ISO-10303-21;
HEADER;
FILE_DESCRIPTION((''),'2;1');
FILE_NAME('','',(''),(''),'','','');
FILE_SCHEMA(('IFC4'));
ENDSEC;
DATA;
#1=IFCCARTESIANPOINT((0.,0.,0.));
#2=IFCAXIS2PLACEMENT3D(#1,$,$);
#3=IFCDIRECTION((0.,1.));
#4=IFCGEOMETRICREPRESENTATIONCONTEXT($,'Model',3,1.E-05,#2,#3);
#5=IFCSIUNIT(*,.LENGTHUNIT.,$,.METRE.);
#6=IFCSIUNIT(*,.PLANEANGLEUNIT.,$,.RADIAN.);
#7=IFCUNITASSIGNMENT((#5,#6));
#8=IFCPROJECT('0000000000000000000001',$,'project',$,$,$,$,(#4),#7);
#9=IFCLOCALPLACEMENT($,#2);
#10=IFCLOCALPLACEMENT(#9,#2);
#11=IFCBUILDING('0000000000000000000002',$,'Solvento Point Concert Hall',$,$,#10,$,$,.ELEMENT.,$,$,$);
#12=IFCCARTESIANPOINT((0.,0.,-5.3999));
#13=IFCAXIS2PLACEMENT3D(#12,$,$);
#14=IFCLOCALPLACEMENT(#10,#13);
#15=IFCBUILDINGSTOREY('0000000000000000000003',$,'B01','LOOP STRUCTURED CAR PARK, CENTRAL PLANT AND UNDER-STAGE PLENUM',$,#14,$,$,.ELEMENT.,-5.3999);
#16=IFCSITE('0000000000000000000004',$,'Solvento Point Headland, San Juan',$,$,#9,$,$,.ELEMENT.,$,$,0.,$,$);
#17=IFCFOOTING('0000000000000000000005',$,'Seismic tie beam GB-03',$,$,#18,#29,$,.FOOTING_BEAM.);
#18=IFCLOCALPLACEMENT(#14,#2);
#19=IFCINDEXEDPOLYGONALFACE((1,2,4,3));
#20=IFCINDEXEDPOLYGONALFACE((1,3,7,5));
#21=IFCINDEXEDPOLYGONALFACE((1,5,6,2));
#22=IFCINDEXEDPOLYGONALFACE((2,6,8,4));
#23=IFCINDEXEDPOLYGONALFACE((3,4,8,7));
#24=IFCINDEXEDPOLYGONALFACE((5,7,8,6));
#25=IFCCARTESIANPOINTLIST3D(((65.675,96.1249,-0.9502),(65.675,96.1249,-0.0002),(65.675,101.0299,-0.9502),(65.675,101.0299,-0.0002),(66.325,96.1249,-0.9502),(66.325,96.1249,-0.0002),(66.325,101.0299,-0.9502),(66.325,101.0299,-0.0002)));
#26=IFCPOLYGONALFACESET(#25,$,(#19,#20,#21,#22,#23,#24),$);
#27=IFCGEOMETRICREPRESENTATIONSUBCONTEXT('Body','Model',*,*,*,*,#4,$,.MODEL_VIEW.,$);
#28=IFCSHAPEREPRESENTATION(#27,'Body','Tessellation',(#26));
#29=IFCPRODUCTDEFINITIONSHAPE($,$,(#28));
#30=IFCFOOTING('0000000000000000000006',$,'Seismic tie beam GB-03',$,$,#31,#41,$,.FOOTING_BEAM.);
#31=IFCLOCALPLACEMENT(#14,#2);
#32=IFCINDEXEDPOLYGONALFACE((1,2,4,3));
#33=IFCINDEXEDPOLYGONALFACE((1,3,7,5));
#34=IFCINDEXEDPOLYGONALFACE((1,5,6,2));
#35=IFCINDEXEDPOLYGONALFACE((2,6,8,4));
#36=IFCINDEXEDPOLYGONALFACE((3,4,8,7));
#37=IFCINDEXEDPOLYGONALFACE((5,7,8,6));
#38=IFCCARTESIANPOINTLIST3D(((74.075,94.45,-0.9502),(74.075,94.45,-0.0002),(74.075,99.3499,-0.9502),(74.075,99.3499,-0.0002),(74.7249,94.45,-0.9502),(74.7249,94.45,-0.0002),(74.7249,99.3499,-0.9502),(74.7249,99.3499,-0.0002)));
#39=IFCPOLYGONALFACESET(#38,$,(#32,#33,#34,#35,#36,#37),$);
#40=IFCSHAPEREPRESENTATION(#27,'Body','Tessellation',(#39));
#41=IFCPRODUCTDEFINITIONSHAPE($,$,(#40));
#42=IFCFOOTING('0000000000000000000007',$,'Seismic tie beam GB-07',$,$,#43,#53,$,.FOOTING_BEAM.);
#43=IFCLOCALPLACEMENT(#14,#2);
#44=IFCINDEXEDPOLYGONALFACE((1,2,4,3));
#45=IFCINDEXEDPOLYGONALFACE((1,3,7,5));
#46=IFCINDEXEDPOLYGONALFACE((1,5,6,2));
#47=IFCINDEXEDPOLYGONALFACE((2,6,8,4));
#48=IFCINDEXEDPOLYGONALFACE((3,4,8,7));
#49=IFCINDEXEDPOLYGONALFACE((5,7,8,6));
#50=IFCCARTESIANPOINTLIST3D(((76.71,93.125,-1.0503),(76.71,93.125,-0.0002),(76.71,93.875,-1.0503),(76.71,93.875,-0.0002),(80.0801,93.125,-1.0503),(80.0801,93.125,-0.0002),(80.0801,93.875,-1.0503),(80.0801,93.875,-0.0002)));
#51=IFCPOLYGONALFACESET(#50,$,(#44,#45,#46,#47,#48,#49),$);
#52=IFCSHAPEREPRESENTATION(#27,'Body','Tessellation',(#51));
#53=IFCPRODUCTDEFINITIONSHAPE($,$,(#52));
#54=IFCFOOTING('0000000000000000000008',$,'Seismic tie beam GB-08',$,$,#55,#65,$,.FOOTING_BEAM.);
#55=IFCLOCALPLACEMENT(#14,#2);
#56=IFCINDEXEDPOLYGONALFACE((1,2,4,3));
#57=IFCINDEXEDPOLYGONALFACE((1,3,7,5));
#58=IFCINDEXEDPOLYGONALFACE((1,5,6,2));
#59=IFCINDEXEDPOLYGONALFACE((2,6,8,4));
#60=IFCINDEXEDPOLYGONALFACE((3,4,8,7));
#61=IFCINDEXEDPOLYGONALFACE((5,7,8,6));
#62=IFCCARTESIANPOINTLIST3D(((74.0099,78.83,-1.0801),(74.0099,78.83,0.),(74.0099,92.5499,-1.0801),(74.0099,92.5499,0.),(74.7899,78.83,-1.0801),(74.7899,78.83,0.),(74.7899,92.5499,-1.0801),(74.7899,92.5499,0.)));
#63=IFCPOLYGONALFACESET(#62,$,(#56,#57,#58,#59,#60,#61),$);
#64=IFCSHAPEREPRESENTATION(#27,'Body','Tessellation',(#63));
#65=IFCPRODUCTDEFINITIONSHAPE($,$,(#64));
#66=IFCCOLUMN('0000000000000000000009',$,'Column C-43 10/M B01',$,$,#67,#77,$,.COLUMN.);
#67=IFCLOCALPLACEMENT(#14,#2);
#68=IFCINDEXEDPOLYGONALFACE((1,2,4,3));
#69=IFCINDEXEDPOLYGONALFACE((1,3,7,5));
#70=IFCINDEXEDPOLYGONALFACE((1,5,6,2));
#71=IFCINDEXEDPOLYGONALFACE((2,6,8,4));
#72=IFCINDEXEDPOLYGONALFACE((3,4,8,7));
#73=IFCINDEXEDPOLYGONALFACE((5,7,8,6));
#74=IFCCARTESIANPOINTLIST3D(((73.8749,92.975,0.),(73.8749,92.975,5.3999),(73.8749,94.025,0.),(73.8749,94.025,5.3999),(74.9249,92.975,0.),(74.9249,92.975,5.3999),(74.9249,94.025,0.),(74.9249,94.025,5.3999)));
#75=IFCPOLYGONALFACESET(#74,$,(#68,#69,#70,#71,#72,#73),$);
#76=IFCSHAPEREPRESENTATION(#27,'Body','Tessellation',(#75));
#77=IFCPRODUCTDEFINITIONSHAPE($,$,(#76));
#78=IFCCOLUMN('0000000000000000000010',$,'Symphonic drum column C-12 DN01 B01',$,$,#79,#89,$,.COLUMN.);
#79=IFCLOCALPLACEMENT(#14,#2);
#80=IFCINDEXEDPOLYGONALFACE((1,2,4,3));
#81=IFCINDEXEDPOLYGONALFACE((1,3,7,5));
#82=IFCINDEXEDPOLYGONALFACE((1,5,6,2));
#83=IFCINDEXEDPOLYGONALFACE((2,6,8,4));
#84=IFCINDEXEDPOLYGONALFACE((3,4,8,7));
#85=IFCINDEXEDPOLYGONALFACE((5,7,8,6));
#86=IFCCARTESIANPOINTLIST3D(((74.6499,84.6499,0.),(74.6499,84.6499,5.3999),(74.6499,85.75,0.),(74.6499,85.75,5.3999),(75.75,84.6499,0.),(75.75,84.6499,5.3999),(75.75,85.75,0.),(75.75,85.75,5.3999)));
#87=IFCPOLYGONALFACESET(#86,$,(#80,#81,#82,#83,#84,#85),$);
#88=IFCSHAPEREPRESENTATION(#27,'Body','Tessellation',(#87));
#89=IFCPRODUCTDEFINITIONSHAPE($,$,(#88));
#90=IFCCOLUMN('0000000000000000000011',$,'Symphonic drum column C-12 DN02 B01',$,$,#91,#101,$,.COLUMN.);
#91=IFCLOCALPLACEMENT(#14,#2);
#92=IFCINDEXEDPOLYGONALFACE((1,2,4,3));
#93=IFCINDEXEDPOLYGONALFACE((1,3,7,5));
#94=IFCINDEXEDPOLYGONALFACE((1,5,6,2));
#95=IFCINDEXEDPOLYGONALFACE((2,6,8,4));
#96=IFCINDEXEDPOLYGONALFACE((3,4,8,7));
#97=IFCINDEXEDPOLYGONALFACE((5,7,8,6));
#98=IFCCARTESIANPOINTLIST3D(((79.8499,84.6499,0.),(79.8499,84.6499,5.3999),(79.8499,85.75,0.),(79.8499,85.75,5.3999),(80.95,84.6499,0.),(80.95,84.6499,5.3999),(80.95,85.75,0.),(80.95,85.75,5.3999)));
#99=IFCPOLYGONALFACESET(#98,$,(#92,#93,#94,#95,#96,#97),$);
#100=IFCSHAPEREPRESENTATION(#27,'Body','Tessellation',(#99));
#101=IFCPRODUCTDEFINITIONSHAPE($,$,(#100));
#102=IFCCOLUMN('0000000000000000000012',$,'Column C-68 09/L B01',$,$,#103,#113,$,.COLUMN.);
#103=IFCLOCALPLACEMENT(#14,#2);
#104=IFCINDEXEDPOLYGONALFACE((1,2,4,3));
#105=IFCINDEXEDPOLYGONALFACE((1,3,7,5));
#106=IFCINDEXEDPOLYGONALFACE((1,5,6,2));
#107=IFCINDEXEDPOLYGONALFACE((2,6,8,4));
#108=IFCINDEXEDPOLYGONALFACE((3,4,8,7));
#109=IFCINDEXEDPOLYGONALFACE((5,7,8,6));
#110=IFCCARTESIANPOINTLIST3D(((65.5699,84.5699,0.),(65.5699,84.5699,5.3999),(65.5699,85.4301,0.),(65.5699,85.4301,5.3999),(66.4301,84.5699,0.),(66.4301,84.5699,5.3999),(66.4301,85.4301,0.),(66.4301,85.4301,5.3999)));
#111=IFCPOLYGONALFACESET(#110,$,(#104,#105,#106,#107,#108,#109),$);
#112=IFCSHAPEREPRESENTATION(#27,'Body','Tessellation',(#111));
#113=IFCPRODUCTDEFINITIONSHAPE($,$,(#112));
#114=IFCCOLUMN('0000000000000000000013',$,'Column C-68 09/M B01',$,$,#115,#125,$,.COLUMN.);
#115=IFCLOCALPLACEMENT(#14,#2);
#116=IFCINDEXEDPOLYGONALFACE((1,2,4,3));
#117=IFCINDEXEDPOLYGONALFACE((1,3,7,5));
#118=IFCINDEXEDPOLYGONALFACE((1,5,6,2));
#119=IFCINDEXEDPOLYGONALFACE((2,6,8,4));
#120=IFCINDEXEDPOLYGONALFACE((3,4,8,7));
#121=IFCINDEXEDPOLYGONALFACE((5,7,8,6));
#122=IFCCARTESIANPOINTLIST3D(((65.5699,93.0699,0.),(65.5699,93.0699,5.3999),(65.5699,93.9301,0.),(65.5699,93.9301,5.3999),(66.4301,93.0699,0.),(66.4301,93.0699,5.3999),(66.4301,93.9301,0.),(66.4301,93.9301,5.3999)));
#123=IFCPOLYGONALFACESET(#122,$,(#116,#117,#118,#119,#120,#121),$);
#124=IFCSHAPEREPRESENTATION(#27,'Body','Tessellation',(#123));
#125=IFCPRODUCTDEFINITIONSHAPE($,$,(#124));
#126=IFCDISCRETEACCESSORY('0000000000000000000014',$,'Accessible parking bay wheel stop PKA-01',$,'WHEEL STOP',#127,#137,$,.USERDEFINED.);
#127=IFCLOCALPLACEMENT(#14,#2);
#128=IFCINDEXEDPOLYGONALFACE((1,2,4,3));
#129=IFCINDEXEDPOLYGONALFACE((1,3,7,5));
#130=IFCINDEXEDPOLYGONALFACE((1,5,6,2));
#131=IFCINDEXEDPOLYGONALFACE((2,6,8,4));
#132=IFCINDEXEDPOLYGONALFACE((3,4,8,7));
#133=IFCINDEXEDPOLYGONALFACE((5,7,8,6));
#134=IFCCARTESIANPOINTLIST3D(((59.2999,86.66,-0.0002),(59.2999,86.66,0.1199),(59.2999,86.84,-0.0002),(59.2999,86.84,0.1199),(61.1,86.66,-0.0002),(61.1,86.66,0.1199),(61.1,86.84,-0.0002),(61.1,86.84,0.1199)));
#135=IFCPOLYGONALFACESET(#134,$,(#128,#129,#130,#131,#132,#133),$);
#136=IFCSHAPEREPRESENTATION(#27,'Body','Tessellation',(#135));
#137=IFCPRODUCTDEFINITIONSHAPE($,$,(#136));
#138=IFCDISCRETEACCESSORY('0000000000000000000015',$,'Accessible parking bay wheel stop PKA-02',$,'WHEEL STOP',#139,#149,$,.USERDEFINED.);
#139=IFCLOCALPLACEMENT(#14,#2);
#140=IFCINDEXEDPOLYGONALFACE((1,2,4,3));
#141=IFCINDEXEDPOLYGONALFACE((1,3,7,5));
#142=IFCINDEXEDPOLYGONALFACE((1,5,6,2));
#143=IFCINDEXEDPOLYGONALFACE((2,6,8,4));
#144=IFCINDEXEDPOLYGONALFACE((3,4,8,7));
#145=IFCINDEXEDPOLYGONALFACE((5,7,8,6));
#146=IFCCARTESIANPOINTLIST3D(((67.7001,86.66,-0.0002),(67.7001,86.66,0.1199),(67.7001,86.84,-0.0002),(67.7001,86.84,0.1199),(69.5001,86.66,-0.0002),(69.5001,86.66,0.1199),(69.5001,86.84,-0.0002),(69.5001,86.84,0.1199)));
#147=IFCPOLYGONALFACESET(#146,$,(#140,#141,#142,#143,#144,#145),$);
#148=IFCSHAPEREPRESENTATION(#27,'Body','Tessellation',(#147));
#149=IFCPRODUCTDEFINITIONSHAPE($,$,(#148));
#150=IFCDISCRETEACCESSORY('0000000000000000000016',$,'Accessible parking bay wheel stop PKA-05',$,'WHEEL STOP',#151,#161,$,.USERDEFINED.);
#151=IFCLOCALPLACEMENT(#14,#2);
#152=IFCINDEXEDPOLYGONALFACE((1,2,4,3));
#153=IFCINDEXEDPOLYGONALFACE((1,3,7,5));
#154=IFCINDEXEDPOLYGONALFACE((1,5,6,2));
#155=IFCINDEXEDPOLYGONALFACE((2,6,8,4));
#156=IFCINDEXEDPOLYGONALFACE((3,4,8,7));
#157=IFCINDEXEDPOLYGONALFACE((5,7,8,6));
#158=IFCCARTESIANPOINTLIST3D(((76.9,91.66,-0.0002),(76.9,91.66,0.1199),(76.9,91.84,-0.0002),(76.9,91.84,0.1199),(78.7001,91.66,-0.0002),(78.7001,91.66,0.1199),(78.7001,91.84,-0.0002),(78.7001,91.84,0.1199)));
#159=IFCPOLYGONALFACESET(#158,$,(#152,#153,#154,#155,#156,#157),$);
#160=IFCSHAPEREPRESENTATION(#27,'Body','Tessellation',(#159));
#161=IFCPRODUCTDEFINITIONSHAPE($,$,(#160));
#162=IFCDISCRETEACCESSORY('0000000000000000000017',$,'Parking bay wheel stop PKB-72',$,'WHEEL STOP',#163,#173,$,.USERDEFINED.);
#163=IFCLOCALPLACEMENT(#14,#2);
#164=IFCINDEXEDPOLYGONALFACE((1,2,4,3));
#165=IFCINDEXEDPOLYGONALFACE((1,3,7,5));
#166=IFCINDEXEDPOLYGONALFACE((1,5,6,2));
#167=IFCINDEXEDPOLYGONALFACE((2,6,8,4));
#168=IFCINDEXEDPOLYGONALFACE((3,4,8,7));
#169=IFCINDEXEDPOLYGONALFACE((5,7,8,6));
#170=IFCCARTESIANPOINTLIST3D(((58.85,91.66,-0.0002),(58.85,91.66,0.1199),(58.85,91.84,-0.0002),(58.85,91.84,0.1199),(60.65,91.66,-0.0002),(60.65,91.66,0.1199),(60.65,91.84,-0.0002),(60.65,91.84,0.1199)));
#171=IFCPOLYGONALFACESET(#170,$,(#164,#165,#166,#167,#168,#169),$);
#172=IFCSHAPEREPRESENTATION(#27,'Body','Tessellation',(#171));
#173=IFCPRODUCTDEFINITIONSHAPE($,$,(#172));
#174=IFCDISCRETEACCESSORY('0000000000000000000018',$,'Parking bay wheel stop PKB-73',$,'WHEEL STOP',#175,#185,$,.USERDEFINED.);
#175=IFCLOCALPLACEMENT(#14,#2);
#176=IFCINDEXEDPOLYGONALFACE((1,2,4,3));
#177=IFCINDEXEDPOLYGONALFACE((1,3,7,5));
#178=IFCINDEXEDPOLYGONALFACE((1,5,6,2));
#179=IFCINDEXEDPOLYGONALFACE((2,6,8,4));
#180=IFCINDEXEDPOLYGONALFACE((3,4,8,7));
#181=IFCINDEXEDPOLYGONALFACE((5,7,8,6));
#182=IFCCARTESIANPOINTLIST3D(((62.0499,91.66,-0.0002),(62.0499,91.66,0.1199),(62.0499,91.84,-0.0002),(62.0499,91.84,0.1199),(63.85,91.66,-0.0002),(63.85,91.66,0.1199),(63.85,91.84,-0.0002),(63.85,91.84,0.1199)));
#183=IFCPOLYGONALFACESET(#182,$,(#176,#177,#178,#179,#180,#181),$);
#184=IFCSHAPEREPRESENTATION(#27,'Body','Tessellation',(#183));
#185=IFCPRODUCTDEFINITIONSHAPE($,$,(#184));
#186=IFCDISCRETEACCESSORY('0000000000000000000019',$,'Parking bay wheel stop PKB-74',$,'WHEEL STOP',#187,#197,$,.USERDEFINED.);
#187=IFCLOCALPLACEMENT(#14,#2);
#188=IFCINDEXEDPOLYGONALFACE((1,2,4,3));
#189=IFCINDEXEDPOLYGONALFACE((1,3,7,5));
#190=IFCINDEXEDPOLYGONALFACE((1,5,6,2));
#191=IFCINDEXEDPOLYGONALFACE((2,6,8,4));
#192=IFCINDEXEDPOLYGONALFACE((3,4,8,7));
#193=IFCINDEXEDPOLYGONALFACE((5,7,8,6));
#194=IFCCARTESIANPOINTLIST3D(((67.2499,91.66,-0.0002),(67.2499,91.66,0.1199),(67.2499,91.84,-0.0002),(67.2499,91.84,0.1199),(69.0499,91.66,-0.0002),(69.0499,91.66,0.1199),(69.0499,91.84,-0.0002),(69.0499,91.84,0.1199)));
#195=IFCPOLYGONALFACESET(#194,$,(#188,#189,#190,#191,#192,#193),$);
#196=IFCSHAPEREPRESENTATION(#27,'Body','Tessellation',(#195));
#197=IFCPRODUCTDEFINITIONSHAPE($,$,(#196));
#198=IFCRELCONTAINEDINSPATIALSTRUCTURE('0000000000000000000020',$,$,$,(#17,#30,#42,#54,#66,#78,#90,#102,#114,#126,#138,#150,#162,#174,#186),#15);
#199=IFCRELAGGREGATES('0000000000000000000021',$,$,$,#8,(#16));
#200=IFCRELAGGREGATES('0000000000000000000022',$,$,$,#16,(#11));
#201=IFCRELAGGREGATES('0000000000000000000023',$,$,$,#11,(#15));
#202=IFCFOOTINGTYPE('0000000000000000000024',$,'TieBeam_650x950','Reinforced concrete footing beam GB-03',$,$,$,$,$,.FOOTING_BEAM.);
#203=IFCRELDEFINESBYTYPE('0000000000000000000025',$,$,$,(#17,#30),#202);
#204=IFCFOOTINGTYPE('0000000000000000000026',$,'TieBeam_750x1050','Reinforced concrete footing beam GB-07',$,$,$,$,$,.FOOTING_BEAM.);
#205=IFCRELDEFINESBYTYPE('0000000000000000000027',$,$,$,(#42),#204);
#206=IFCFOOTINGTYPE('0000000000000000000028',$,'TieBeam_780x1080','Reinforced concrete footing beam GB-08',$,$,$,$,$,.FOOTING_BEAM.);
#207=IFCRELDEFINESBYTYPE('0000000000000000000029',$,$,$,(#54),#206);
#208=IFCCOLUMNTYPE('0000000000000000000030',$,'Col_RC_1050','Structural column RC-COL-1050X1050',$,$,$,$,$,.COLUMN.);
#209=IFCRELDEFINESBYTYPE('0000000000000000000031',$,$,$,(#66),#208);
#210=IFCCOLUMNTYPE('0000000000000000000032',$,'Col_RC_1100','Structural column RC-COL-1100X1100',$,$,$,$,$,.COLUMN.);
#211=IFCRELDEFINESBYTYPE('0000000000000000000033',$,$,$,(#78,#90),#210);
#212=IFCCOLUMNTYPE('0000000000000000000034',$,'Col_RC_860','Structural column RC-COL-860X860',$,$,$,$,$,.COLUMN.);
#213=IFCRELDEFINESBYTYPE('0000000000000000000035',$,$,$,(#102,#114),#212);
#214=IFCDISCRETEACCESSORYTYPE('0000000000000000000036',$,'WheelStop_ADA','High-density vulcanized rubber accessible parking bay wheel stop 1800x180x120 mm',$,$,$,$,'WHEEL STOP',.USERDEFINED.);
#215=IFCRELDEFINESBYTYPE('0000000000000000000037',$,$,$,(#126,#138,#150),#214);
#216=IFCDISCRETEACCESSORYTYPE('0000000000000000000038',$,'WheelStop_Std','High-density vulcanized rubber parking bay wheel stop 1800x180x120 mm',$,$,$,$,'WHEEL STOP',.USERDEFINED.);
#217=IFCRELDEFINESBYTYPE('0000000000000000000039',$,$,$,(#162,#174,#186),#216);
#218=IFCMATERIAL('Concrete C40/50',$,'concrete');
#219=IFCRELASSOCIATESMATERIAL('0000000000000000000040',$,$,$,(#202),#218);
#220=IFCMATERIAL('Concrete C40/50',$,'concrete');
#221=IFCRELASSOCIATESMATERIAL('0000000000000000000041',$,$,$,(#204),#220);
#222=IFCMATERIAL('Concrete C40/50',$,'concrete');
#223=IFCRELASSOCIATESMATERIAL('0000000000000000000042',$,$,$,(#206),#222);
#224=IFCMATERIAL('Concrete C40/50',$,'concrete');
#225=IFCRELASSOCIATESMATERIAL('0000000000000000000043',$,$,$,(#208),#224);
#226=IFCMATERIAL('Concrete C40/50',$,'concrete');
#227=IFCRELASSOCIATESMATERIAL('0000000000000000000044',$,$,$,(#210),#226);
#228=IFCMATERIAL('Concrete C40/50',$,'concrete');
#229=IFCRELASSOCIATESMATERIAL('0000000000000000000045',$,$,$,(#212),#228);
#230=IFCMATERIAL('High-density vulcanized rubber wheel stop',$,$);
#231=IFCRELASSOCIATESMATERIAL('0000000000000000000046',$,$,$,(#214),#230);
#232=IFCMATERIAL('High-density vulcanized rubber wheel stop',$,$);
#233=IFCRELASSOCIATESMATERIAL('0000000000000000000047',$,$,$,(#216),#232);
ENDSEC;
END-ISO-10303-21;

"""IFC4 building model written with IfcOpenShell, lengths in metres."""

from ifc_helpers import new_model, si_unit, direction, frame, origin, origin_2d, place, context, subcontext, project, spatial, rectangle, extrude, material, material_profile, profile_set, type_object, element, save


model = new_model("IFC4")

# Units and contexts
model_context = context("Model", 3, precision=1e-05, world=origin(), true_north=direction((0.0, 1.0)))
body_context = subcontext(model_context, "Body", "Model", "MODEL_VIEW")
ifc_project = project(units=[si_unit("LENGTHUNIT", "METRE"), si_unit("PLANEANGLEUNIT", "RADIAN")], contexts=[model_context])

# Site, building, storey
site_placement = place(None, origin())
site = spatial("IfcSite", under=ifc_project, at=site_placement, Name="Solvento Point Headland, San Juan", CompositionType="ELEMENT", RefElevation=0.0)
building_placement = place(site_placement, origin())
building = spatial("IfcBuilding", under=site, at=building_placement, Name="Solvento Point Concert Hall", CompositionType="ELEMENT")
storey_placement = place(building_placement, frame((0.0, 0.0, -5.3999)))
storey = spatial("IfcBuildingStorey", under=building, at=storey_placement, Name="B01", Description="LOOP STRUCTURED CAR PARK, CENTRAL PLANT AND UNDER-STAGE PLENUM", CompositionType="ELEMENT", Elevation=-5.3999)

# Footings
ifc_material_1 = material(Name="Concrete C40/50", Category="concrete")
footing_type_1 = type_object("IfcFootingType", Name="TieBeam_650x950", Description="Reinforced concrete footing beam GB-03", PredefinedType="FOOTING_BEAM", material=ifc_material_1)
footing_1_placement = place(storey_placement, frame((66.0, 98.5774, -0.9502), z_axis=(0.0, 0.0, 1.0), x_axis=(0.0, 1.0, 0.0)))
element("IfcFooting", 1, at=footing_1_placement, inside=storey, type_object=footing_type_1, Name="Seismic tie beam GB-03", PredefinedType="FOOTING_BEAM", context=body_context, shape_type="SweptSolid", body=[
    extrude(rectangle(XDim=4.905, YDim=0.6499, at=origin_2d()), origin(), (0.0, 0.0, 1.0), 0.95),
])
footing_2_placement = place(storey_placement, frame((74.3999, 96.8999, -0.9502), z_axis=(0.0, 0.0, 1.0), x_axis=(0.0, 1.0, 0.0)))
element("IfcFooting", 2, at=footing_2_placement, inside=storey, type_object=footing_type_1, Name="Seismic tie beam GB-03", PredefinedType="FOOTING_BEAM", context=body_context, shape_type="SweptSolid", body=[
    extrude(rectangle(XDim=4.8999, YDim=0.6499, at=origin_2d()), origin(), (0.0, 0.0, 1.0), 0.95),
])
ifc_material_2 = material(Name="Concrete C40/50", Category="concrete")
footing_type_2 = type_object("IfcFootingType", Name="TieBeam_750x1050", Description="Reinforced concrete footing beam GB-07", PredefinedType="FOOTING_BEAM", material=ifc_material_2)
footing_3_placement = place(storey_placement, frame((78.395, 93.5, -1.0503), z_axis=(0.0, 0.0, 1.0), x_axis=(1.0, 0.0, 0.0)))
element("IfcFooting", 3, at=footing_3_placement, inside=storey, type_object=footing_type_2, Name="Seismic tie beam GB-07", PredefinedType="FOOTING_BEAM", context=body_context, shape_type="SweptSolid", body=[
    extrude(rectangle(XDim=3.3701, YDim=0.75, at=origin_2d()), origin(), (0.0, 0.0, 1.0), 1.05),
])
ifc_material_3 = material(Name="Concrete C40/50", Category="concrete")
footing_type_3 = type_object("IfcFootingType", Name="TieBeam_780x1080", Description="Reinforced concrete footing beam GB-08", PredefinedType="FOOTING_BEAM", material=ifc_material_3)
footing_4_placement = place(storey_placement, frame((74.3999, 85.6899, -1.0801), z_axis=(0.0, 0.0, 1.0), x_axis=(0.0, 1.0, 0.0)))
element("IfcFooting", 4, at=footing_4_placement, inside=storey, type_object=footing_type_3, Name="Seismic tie beam GB-08", PredefinedType="FOOTING_BEAM", context=body_context, shape_type="SweptSolid", body=[
    extrude(rectangle(XDim=13.72, YDim=0.78, at=origin_2d()), origin(), (0.0, 0.0, 1.0), 1.0801),
])

# Columns
ifc_material_4 = material(Name="Concrete C40/50", Category="concrete")
ifc_material_profile_1 = material_profile(ifc_material_4, rectangle(XDim=1.05, YDim=1.05, at=origin_2d()), Name="RC-COL-1050X1050")
ifc_profile_set_1 = profile_set([ifc_material_profile_1], Name="Concrete C40/50")
column_type_1 = type_object("IfcColumnType", Name="Col_RC_1050", Description="Structural column RC-COL-1050X1050", PredefinedType="COLUMN", material=ifc_profile_set_1)
column_placement = place(storey_placement, frame((74.3999, 93.5, 0.0), z_axis=(0.0, 0.0, 1.0), x_axis=(1.0, 0.0, 0.0)))
element("IfcColumn", 5, at=column_placement, inside=storey, type_object=column_type_1, Name="Column C-43 10/M B01", PredefinedType="COLUMN", context=body_context, shape_type="SweptSolid", body=[
    extrude(rectangle(XDim=1.05, YDim=1.05, at=origin_2d()), origin(), (0.0, 0.0, 1.0), 5.3999),
])
ifc_material_5 = material(Name="Concrete C40/50", Category="concrete")
ifc_material_profile_2 = material_profile(ifc_material_5, rectangle(XDim=1.1001, YDim=1.1001, at=origin_2d()), Name="RC-COL-1100X1100")
ifc_profile_set_2 = profile_set([ifc_material_profile_2], Name="Concrete C40/50")
column_type_2 = type_object("IfcColumnType", Name="Col_RC_1100", Description="Structural column RC-COL-1100X1100", PredefinedType="COLUMN", material=ifc_profile_set_2)
for number, where, z_axis, x_axis, name in (
    (6, (75.2, 85.2, 0.0), (0.0, 0.0, 1.0), (1.0, 0.0, 0.0), "Symphonic drum column C-12 DN01 B01"),
    (7, (80.3999, 85.2, 0.0), (0.0, 0.0, 1.0), (1.0, 0.0, 0.0), "Symphonic drum column C-12 DN02 B01"),
):
    element("IfcColumn", number, at=place(storey_placement, frame(where, z_axis=z_axis, x_axis=x_axis)), inside=storey, type_object=column_type_2, Name=name, PredefinedType="COLUMN", context=body_context, shape_type="SweptSolid", body=[
        extrude(rectangle(XDim=1.1001, YDim=1.1001, at=origin_2d()), origin(), (0.0, 0.0, 1.0), 5.3999),
    ])
ifc_material_6 = material(Name="Concrete C40/50", Category="concrete")
ifc_material_profile_3 = material_profile(ifc_material_6, rectangle(XDim=0.8601, YDim=0.8601, at=origin_2d()), Name="RC-COL-860X860")
ifc_profile_set_3 = profile_set([ifc_material_profile_3], Name="Concrete C40/50")
column_type_3 = type_object("IfcColumnType", Name="Col_RC_860", Description="Structural column RC-COL-860X860", PredefinedType="COLUMN", material=ifc_profile_set_3)
for number, where, z_axis, x_axis, name in (
    (8, (66.0, 85.0, 0.0), (0.0, 0.0, 1.0), (1.0, 0.0, 0.0), "Column C-68 09/L B01"),
    (9, (66.0, 93.5, 0.0), (0.0, 0.0, 1.0), (1.0, 0.0, 0.0), "Column C-68 09/M B01"),
):
    element("IfcColumn", number, at=place(storey_placement, frame(where, z_axis=z_axis, x_axis=x_axis)), inside=storey, type_object=column_type_3, Name=name, PredefinedType="COLUMN", context=body_context, shape_type="SweptSolid", body=[
        extrude(rectangle(XDim=0.8601, YDim=0.8601, at=origin_2d()), origin(), (0.0, 0.0, 1.0), 5.3999),
    ])

# Discrete accessories
ifc_material_7 = material(Name="High-density vulcanized rubber wheel stop")
discrete_accessory_type_1 = type_object("IfcDiscreteAccessoryType", Name="WheelStop_ADA", Description="High-density vulcanized rubber accessible parking bay wheel stop 1800x180x120 mm", ElementType="WHEEL STOP", PredefinedType="USERDEFINED", material=ifc_material_7)
for number, where, z_axis, x_axis, name in (
    (10, (60.2, 86.75, -0.0002), (0.0, 0.0, 1.0), (1.0, 0.0, 0.0), "Accessible parking bay wheel stop PKA-01"),
    (11, (68.6001, 86.75, -0.0002), (0.0, 0.0, 1.0), (1.0, 0.0, 0.0), "Accessible parking bay wheel stop PKA-02"),
    (12, (77.8, 91.75, -0.0002), (0.0, 0.0, 1.0), (1.0, 0.0, 0.0), "Accessible parking bay wheel stop PKA-05"),
):
    element("IfcDiscreteAccessory", number, at=place(storey_placement, frame(where, z_axis=z_axis, x_axis=x_axis)), inside=storey, type_object=discrete_accessory_type_1, Name=name, ObjectType="WHEEL STOP", PredefinedType="USERDEFINED", context=body_context, shape_type="SweptSolid", body=[
        extrude(rectangle(XDim=1.8, YDim=0.1799, at=origin_2d()), origin(), (0.0, 0.0, 1.0), 0.1201),
    ])
ifc_material_8 = material(Name="High-density vulcanized rubber wheel stop")
discrete_accessory_type_2 = type_object("IfcDiscreteAccessoryType", Name="WheelStop_Std", Description="High-density vulcanized rubber parking bay wheel stop 1800x180x120 mm", ElementType="WHEEL STOP", PredefinedType="USERDEFINED", material=ifc_material_8)
for number, where, z_axis, x_axis, name in (
    (13, (59.75, 91.75, -0.0002), (0.0, 0.0, 1.0), (1.0, 0.0, 0.0), "Parking bay wheel stop PKB-72"),
    (14, (62.95, 91.75, -0.0002), (0.0, 0.0, 1.0), (1.0, 0.0, 0.0), "Parking bay wheel stop PKB-73"),
    (15, (68.1499, 91.75, -0.0002), (0.0, 0.0, 1.0), (1.0, 0.0, 0.0), "Parking bay wheel stop PKB-74"),
):
    element("IfcDiscreteAccessory", number, at=place(storey_placement, frame(where, z_axis=z_axis, x_axis=x_axis)), inside=storey, type_object=discrete_accessory_type_2, Name=name, ObjectType="WHEEL STOP", PredefinedType="USERDEFINED", context=body_context, shape_type="SweptSolid", body=[
        extrude(rectangle(XDim=1.8, YDim=0.1799, at=origin_2d()), origin(), (0.0, 0.0, 1.0), 0.1201),
    ])

save(model, "model.ifc")
